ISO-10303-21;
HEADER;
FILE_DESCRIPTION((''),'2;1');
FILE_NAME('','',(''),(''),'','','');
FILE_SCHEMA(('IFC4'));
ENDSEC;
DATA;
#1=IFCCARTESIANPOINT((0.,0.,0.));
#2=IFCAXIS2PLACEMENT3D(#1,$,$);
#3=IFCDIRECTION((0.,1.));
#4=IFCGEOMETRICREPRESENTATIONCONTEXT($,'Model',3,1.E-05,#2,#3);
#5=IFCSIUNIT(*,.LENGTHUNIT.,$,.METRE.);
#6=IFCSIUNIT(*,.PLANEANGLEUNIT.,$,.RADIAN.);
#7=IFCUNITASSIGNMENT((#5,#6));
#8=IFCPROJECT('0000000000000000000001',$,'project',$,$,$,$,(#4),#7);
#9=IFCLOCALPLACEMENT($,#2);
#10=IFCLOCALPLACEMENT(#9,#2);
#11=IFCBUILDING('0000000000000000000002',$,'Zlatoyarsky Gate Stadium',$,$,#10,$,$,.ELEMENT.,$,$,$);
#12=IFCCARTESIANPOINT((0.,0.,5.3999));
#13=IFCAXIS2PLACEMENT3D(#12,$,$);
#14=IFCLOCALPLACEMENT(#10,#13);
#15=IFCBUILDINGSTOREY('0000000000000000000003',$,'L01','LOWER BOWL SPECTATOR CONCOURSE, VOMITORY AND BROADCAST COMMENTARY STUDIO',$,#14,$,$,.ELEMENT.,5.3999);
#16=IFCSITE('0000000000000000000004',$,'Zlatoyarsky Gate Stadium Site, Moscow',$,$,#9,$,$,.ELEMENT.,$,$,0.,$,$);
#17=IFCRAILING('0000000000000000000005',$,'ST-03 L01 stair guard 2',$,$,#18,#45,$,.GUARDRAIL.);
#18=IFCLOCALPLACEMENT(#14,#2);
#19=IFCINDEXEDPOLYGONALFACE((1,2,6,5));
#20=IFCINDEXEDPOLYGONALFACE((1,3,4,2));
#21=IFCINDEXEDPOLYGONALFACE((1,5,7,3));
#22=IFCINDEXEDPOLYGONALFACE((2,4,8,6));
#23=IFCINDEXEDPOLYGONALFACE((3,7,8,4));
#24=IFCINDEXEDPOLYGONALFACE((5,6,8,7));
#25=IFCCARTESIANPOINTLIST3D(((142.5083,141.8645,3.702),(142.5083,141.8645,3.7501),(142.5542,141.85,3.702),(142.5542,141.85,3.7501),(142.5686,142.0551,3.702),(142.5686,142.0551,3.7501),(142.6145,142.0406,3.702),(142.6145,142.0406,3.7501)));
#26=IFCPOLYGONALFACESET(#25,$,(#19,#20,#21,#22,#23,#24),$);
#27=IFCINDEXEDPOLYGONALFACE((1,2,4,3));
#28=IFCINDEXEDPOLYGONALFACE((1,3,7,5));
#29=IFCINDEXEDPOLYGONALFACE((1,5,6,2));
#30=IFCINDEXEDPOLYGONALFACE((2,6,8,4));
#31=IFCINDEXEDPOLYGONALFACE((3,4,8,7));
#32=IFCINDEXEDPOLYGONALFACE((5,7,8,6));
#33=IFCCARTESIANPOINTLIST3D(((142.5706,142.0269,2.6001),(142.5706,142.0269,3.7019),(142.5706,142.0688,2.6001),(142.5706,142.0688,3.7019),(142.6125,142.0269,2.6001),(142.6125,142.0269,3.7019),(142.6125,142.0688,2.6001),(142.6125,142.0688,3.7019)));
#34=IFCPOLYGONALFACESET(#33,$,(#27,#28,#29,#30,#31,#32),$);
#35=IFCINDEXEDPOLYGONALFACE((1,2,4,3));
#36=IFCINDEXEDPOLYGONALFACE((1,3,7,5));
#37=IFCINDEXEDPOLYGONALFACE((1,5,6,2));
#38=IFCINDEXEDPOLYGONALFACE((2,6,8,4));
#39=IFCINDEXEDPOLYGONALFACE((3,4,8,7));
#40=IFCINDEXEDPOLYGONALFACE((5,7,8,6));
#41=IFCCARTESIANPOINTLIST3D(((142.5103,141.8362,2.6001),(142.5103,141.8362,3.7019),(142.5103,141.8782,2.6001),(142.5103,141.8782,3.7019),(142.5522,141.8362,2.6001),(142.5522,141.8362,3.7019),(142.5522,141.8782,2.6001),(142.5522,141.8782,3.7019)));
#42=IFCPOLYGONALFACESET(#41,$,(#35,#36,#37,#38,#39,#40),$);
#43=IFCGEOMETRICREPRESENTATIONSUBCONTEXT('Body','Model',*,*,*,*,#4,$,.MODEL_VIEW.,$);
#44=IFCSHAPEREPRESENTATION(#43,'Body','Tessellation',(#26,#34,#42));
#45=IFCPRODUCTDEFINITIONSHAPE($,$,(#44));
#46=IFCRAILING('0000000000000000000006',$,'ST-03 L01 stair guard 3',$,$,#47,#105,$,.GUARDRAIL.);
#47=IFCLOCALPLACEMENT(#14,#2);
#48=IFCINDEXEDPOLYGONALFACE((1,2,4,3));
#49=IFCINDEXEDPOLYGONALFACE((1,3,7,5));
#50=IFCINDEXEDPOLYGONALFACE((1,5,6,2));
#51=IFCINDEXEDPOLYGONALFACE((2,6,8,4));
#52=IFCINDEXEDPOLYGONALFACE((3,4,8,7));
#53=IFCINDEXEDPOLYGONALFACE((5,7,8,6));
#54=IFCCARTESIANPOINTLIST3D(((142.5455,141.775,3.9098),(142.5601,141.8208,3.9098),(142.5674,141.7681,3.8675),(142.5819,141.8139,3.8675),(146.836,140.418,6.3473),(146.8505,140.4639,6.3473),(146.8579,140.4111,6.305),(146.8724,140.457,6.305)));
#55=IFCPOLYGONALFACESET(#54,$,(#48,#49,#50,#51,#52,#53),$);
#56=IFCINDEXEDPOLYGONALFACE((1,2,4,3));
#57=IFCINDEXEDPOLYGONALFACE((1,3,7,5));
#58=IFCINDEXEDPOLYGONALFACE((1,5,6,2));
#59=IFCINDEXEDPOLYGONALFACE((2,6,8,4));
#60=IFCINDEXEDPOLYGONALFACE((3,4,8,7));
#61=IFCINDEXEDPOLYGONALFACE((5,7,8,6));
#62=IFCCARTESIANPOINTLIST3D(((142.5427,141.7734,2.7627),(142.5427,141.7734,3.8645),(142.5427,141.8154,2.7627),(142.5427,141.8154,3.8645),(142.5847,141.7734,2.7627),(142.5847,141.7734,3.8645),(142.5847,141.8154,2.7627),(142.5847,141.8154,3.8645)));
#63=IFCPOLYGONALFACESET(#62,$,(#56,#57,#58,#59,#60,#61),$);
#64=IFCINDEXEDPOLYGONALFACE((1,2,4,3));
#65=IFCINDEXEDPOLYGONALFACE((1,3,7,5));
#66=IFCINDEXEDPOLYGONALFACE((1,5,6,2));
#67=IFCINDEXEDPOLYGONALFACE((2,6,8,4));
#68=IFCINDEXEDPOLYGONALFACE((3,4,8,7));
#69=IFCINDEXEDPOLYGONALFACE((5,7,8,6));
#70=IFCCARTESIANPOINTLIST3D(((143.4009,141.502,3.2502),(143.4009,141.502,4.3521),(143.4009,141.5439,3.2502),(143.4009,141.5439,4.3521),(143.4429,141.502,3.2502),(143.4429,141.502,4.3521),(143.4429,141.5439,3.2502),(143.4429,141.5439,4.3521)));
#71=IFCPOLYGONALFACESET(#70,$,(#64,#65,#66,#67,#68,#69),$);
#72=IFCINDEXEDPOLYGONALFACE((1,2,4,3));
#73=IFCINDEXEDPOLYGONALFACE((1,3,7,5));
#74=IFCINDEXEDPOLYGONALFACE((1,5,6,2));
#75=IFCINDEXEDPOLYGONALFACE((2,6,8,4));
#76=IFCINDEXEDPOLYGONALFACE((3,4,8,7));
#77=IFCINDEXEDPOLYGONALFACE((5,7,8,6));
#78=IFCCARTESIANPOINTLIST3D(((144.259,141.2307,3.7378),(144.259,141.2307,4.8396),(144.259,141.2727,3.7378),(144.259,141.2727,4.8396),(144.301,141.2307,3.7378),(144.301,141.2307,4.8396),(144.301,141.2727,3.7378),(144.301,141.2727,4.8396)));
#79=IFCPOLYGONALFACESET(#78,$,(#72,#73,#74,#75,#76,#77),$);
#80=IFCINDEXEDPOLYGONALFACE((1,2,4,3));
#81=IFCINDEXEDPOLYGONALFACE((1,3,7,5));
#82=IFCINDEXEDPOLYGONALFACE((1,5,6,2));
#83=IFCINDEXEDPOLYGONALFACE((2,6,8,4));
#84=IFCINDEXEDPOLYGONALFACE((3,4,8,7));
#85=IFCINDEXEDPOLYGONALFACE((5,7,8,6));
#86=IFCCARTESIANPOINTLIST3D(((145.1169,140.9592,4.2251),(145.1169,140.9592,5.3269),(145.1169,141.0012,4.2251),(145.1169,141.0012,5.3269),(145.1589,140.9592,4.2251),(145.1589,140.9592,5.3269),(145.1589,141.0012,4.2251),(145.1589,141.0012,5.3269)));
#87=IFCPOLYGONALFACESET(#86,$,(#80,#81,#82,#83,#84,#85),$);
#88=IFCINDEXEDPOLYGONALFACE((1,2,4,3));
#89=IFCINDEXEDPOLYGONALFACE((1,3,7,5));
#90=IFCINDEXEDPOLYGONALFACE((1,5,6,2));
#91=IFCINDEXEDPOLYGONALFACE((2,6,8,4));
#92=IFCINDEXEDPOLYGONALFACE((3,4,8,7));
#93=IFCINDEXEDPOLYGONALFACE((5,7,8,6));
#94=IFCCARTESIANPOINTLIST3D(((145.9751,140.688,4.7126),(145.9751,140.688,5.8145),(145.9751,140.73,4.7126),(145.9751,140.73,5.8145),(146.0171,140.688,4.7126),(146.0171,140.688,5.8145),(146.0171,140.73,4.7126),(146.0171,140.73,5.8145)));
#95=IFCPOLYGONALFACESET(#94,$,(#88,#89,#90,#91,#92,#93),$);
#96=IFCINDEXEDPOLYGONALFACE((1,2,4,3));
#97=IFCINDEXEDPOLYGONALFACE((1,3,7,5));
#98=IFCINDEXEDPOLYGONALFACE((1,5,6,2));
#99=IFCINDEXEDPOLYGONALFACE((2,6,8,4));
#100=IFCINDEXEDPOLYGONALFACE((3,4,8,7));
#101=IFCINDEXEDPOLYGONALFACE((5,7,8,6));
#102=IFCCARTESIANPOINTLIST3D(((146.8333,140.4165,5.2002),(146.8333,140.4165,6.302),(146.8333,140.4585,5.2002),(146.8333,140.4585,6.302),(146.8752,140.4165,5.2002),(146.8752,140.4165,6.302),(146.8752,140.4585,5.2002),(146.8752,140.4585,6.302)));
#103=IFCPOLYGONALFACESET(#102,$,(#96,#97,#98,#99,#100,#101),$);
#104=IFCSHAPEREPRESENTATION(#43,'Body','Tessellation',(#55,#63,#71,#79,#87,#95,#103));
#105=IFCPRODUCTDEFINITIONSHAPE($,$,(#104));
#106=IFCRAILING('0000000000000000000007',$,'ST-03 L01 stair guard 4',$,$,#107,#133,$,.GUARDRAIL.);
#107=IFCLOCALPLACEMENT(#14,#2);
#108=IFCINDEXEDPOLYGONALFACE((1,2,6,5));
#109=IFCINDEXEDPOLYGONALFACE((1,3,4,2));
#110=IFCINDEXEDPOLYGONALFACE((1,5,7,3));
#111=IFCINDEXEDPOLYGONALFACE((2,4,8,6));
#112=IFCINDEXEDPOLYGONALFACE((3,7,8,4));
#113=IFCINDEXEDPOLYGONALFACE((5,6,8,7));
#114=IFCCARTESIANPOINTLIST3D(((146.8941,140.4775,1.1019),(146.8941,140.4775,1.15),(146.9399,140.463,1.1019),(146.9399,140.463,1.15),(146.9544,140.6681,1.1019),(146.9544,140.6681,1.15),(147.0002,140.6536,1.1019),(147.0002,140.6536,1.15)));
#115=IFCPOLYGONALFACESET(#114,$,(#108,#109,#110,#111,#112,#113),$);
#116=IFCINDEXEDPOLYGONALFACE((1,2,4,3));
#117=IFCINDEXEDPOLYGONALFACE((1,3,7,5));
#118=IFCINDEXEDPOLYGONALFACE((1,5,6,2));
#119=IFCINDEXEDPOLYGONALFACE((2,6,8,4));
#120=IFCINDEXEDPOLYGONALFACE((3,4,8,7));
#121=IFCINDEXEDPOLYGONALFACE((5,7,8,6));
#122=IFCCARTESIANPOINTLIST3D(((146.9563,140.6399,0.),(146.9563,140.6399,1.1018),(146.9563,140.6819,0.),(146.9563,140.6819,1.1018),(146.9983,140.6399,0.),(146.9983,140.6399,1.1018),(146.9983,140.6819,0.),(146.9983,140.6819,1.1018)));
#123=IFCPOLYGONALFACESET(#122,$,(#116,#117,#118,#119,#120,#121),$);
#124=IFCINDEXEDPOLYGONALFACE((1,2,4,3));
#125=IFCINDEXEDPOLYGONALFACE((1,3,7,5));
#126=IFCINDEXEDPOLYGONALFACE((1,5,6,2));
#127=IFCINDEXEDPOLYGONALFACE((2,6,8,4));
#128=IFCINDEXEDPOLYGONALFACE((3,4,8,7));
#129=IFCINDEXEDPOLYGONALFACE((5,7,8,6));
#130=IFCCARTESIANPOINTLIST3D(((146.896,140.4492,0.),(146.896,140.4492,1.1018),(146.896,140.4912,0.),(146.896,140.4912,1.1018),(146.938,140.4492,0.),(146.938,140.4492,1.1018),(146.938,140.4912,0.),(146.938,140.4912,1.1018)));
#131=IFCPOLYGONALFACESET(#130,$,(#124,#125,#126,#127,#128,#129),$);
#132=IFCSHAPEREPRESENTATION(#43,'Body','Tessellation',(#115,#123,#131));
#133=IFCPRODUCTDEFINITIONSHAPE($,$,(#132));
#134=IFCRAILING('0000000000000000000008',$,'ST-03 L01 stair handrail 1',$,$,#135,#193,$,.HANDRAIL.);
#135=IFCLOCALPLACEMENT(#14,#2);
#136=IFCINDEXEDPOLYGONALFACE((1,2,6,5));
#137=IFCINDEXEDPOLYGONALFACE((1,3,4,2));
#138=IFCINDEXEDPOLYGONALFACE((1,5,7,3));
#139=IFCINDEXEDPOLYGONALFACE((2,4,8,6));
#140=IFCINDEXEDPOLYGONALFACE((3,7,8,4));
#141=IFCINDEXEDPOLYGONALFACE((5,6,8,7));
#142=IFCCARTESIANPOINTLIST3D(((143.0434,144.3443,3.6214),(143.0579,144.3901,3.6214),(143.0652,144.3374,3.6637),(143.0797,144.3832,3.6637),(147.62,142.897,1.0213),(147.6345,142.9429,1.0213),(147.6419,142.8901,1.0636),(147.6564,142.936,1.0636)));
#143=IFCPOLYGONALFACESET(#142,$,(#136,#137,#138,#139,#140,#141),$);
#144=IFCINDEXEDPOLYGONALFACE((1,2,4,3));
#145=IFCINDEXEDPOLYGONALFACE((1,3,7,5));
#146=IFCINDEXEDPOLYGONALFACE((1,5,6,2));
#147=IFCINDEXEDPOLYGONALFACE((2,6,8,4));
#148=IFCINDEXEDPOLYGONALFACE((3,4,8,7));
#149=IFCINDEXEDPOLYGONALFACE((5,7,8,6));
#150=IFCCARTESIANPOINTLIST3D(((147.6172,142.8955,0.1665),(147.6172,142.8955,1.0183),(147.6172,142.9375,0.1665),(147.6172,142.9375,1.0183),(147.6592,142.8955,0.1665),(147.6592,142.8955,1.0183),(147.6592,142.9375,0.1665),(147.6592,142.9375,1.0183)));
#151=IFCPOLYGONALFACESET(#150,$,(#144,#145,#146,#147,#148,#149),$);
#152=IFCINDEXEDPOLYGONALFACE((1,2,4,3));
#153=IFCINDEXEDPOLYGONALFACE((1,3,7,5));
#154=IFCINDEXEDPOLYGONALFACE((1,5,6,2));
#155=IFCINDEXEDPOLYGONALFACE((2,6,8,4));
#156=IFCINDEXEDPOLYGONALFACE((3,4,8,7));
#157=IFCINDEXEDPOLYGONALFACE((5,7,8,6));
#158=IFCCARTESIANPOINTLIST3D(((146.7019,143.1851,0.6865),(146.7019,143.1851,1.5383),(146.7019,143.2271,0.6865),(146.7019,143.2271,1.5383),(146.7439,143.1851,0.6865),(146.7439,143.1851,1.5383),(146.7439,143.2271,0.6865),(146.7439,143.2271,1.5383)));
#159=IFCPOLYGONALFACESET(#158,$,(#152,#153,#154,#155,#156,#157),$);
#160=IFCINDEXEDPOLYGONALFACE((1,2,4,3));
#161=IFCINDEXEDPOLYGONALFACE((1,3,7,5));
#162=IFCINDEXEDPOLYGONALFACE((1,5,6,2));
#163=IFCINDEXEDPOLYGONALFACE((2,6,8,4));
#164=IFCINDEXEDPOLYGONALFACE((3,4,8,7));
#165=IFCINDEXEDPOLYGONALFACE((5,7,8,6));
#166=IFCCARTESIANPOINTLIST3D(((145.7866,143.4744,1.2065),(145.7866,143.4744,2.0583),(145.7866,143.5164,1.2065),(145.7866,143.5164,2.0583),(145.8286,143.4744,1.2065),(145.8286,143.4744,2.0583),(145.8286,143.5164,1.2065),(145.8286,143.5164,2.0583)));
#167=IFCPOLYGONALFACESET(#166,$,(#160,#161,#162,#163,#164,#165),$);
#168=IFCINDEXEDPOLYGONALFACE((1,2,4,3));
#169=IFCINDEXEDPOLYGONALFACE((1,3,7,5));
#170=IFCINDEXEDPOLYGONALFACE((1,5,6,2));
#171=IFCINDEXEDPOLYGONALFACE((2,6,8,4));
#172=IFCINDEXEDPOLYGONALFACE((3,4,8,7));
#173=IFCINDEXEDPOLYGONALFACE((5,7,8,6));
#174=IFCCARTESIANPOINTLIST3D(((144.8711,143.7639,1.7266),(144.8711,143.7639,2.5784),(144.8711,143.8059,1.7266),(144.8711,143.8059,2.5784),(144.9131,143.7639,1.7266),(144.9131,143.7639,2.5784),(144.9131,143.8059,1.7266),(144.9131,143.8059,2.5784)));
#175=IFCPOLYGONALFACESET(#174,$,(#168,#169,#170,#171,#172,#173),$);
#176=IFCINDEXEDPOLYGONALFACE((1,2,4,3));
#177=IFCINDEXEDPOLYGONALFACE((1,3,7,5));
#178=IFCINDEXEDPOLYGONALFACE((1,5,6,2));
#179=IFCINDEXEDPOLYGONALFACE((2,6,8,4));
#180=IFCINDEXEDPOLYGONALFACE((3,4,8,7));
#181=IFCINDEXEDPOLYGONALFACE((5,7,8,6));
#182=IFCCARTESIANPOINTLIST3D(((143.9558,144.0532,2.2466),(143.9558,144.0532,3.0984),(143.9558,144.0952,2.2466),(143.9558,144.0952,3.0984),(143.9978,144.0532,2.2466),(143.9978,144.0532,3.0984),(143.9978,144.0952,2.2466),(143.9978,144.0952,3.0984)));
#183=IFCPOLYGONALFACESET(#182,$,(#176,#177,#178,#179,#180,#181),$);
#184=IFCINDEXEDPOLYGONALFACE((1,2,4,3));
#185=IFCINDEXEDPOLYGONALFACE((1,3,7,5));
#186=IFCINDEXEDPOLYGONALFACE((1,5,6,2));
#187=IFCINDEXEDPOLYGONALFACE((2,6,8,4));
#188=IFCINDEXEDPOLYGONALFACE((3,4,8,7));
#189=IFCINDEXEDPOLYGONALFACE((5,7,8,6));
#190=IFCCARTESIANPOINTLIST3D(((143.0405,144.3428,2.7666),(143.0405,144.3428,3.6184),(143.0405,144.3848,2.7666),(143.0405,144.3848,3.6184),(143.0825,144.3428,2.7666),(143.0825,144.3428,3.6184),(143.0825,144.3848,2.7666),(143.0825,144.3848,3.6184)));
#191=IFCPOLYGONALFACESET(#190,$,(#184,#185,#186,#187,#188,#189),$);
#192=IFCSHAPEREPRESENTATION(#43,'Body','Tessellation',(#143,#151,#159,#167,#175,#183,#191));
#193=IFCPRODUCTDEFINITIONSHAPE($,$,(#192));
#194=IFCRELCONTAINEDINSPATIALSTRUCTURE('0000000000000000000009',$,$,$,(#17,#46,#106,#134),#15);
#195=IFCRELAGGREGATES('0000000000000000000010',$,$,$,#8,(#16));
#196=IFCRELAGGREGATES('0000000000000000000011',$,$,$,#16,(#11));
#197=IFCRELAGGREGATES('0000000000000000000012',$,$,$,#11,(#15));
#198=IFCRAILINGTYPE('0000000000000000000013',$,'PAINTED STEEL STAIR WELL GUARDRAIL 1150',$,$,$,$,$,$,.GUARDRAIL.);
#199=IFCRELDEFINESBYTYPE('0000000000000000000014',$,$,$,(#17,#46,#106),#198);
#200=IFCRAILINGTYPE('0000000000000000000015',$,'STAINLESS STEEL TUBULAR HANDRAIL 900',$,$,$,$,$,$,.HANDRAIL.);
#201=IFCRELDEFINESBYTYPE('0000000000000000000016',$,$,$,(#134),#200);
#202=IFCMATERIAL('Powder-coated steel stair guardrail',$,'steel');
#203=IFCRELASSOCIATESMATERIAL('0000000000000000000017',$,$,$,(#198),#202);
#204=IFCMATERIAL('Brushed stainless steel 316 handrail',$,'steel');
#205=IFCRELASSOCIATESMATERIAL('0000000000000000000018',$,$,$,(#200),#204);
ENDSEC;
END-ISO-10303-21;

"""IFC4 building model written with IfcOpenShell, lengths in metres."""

from ifc_helpers import new_model, si_unit, direction, frame, origin, origin_2d, place, context, subcontext, project, spatial, rectangle, extrude, material, type_object, element, save


model = new_model("IFC4")

# Units and contexts
model_context = context("Model", 3, precision=1e-05, world=origin(), true_north=direction((0.0, 1.0)))
body_context = subcontext(model_context, "Body", "Model", "MODEL_VIEW")
ifc_project = project(units=[si_unit("LENGTHUNIT", "METRE"), si_unit("PLANEANGLEUNIT", "RADIAN")], contexts=[model_context])

# Site, building, storey
site_placement = place(None, origin())
site = spatial("IfcSite", under=ifc_project, at=site_placement, Name="Zlatoyarsky Gate Stadium Site, Moscow", CompositionType="ELEMENT", RefElevation=0.0)
building_placement = place(site_placement, origin())
building = spatial("IfcBuilding", under=site, at=building_placement, Name="Zlatoyarsky Gate Stadium", CompositionType="ELEMENT")
storey_placement = place(building_placement, frame((0.0, 0.0, 5.3999)))
storey = spatial("IfcBuildingStorey", under=building, at=storey_placement, Name="L01", Description="LOWER BOWL SPECTATOR CONCOURSE, VOMITORY AND BROADCAST COMMENTARY STUDIO", CompositionType="ELEMENT", Elevation=5.3999)

# Railings
ifc_material_1 = material(Name="Powder-coated steel stair guardrail", Category="steel")
railing_type_1 = type_object("IfcRailingType", Name="PAINTED STEEL STAIR WELL GUARDRAIL 1150", PredefinedType="GUARDRAIL", material=ifc_material_1)
railing_1_placement = place(storey_placement, frame((142.5916, 142.0479, 2.6001)))
element("IfcRailing", 1, at=railing_1_placement, inside=storey, type_object=railing_type_1, Name="ST-03 L01 stair guard 2", PredefinedType="GUARDRAIL", context=body_context, shape_type="SweptSolid", body=[
    extrude(rectangle(XDim=0.0481, YDim=0.0481, at=origin_2d()), frame((0.0, 0.0, 1.126), z_axis=(-0.30154, -0.953453, 0.0), x_axis=(0.953453, -0.30154, 0.0)), (0.0, 0.0, 1.0), 0.2),
    extrude(rectangle(XDim=0.042, YDim=0.042, at=origin_2d()), origin(), (0.0, 0.0, 1.0), 1.1018),
    extrude(rectangle(XDim=0.042, YDim=0.042, at=origin_2d()), frame((-0.0603, -0.1907, 0.0)), (0.0, 0.0, 1.0), 1.1018),
])
railing_2_placement = place(storey_placement, frame((142.5637, 141.7944, 2.7627)))
element("IfcRailing", 2, at=railing_2_placement, inside=storey, type_object=railing_type_1, Name="ST-03 L01 stair guard 3", PredefinedType="GUARDRAIL", context=body_context, shape_type="SweptSolid", body=[
    extrude(rectangle(XDim=0.0481, YDim=0.0481, at=origin_2d()), frame((0.0, 0.0, 1.126), z_axis=(0.838363, -0.265143, 0.476284), x_axis=(0.301542, 0.953453, 0.0)), (0.0, 0.0, 1.0), 5.1177),
    extrude(rectangle(XDim=0.042, YDim=0.042, at=origin_2d()), origin(), (0.0, 0.0, 1.0), 1.1018),
    extrude(rectangle(XDim=0.042, YDim=0.042, at=origin_2d()), frame((0.8582, -0.2715, 0.4875)), (0.0, 0.0, 1.0), 1.1018),
    extrude(rectangle(XDim=0.042, YDim=0.042, at=origin_2d()), frame((1.7163, -0.5427, 0.9751)), (0.0, 0.0, 1.0), 1.1018),
    extrude(rectangle(XDim=0.042, YDim=0.042, at=origin_2d()), frame((2.5742, -0.8142, 1.4624)), (0.0, 0.0, 1.0), 1.1018),
    extrude(rectangle(XDim=0.042, YDim=0.042, at=origin_2d()), frame((3.4324, -1.0854, 1.95)), (0.0, 0.0, 1.0), 1.1018),
    extrude(rectangle(XDim=0.042, YDim=0.042, at=origin_2d()), frame((4.2905, -1.3569, 2.4375)), (0.0, 0.0, 1.0), 1.1018),
])
railing_3_placement = place(storey_placement, frame((146.9773, 140.6609, 0.0)))
element("IfcRailing", 3, at=railing_3_placement, inside=storey, type_object=railing_type_1, Name="ST-03 L01 stair guard 4", PredefinedType="GUARDRAIL", context=body_context, shape_type="SweptSolid", body=[
    extrude(rectangle(XDim=0.0481, YDim=0.0481, at=origin_2d()), frame((0.0, 0.0, 1.126), z_axis=(-0.30154, -0.953453, 0.0), x_axis=(0.953453, -0.30154, 0.0)), (0.0, 0.0, 1.0), 0.2),
    extrude(rectangle(XDim=0.042, YDim=0.042, at=origin_2d()), origin(), (0.0, 0.0, 1.0), 1.1018),
    extrude(rectangle(XDim=0.042, YDim=0.042, at=origin_2d()), frame((-0.0603, -0.1907, 0.0)), (0.0, 0.0, 1.0), 1.1018),
])
ifc_material_2 = material(Name="Brushed stainless steel 316 handrail", Category="steel")
railing_type_2 = type_object("IfcRailingType", Name="STAINLESS STEEL TUBULAR HANDRAIL 900", PredefinedType="HANDRAIL", material=ifc_material_2)
railing_4_placement = place(storey_placement, frame((147.6382, 142.9165, 0.1665)))
element("IfcRailing", 4, at=railing_4_placement, inside=storey, type_object=railing_type_2, Name="ST-03 L01 stair handrail 1", PredefinedType="HANDRAIL", context=body_context, shape_type="SweptSolid", body=[
    extrude(rectangle(XDim=0.0481, YDim=0.0481, at=origin_2d()), frame((0.0, 0.0, 0.876), z_axis=(-0.838367, 0.265115, 0.476294), x_axis=(-0.301511, -0.953463, 0.0)), (0.0, 0.0, 1.0), 5.459),
    extrude(rectangle(XDim=0.042, YDim=0.042, at=origin_2d()), origin(), (0.0, 0.0, 1.0), 0.8518),
    extrude(rectangle(XDim=0.042, YDim=0.042, at=origin_2d()), frame((-0.9153, 0.2896, 0.52)), (0.0, 0.0, 1.0), 0.8518),
    extrude(rectangle(XDim=0.042, YDim=0.042, at=origin_2d()), frame((-1.8306, 0.5789, 1.04)), (0.0, 0.0, 1.0), 0.8518),
    extrude(rectangle(XDim=0.042, YDim=0.042, at=origin_2d()), frame((-2.7461, 0.8684, 1.5601)), (0.0, 0.0, 1.0), 0.8518),
    extrude(rectangle(XDim=0.042, YDim=0.042, at=origin_2d()), frame((-3.6614, 1.1577, 2.0801)), (0.0, 0.0, 1.0), 0.8518),
    extrude(rectangle(XDim=0.042, YDim=0.042, at=origin_2d()), frame((-4.5767, 1.4473, 2.6001)), (0.0, 0.0, 1.0), 0.8518),
])

save(model, "model.ifc")
